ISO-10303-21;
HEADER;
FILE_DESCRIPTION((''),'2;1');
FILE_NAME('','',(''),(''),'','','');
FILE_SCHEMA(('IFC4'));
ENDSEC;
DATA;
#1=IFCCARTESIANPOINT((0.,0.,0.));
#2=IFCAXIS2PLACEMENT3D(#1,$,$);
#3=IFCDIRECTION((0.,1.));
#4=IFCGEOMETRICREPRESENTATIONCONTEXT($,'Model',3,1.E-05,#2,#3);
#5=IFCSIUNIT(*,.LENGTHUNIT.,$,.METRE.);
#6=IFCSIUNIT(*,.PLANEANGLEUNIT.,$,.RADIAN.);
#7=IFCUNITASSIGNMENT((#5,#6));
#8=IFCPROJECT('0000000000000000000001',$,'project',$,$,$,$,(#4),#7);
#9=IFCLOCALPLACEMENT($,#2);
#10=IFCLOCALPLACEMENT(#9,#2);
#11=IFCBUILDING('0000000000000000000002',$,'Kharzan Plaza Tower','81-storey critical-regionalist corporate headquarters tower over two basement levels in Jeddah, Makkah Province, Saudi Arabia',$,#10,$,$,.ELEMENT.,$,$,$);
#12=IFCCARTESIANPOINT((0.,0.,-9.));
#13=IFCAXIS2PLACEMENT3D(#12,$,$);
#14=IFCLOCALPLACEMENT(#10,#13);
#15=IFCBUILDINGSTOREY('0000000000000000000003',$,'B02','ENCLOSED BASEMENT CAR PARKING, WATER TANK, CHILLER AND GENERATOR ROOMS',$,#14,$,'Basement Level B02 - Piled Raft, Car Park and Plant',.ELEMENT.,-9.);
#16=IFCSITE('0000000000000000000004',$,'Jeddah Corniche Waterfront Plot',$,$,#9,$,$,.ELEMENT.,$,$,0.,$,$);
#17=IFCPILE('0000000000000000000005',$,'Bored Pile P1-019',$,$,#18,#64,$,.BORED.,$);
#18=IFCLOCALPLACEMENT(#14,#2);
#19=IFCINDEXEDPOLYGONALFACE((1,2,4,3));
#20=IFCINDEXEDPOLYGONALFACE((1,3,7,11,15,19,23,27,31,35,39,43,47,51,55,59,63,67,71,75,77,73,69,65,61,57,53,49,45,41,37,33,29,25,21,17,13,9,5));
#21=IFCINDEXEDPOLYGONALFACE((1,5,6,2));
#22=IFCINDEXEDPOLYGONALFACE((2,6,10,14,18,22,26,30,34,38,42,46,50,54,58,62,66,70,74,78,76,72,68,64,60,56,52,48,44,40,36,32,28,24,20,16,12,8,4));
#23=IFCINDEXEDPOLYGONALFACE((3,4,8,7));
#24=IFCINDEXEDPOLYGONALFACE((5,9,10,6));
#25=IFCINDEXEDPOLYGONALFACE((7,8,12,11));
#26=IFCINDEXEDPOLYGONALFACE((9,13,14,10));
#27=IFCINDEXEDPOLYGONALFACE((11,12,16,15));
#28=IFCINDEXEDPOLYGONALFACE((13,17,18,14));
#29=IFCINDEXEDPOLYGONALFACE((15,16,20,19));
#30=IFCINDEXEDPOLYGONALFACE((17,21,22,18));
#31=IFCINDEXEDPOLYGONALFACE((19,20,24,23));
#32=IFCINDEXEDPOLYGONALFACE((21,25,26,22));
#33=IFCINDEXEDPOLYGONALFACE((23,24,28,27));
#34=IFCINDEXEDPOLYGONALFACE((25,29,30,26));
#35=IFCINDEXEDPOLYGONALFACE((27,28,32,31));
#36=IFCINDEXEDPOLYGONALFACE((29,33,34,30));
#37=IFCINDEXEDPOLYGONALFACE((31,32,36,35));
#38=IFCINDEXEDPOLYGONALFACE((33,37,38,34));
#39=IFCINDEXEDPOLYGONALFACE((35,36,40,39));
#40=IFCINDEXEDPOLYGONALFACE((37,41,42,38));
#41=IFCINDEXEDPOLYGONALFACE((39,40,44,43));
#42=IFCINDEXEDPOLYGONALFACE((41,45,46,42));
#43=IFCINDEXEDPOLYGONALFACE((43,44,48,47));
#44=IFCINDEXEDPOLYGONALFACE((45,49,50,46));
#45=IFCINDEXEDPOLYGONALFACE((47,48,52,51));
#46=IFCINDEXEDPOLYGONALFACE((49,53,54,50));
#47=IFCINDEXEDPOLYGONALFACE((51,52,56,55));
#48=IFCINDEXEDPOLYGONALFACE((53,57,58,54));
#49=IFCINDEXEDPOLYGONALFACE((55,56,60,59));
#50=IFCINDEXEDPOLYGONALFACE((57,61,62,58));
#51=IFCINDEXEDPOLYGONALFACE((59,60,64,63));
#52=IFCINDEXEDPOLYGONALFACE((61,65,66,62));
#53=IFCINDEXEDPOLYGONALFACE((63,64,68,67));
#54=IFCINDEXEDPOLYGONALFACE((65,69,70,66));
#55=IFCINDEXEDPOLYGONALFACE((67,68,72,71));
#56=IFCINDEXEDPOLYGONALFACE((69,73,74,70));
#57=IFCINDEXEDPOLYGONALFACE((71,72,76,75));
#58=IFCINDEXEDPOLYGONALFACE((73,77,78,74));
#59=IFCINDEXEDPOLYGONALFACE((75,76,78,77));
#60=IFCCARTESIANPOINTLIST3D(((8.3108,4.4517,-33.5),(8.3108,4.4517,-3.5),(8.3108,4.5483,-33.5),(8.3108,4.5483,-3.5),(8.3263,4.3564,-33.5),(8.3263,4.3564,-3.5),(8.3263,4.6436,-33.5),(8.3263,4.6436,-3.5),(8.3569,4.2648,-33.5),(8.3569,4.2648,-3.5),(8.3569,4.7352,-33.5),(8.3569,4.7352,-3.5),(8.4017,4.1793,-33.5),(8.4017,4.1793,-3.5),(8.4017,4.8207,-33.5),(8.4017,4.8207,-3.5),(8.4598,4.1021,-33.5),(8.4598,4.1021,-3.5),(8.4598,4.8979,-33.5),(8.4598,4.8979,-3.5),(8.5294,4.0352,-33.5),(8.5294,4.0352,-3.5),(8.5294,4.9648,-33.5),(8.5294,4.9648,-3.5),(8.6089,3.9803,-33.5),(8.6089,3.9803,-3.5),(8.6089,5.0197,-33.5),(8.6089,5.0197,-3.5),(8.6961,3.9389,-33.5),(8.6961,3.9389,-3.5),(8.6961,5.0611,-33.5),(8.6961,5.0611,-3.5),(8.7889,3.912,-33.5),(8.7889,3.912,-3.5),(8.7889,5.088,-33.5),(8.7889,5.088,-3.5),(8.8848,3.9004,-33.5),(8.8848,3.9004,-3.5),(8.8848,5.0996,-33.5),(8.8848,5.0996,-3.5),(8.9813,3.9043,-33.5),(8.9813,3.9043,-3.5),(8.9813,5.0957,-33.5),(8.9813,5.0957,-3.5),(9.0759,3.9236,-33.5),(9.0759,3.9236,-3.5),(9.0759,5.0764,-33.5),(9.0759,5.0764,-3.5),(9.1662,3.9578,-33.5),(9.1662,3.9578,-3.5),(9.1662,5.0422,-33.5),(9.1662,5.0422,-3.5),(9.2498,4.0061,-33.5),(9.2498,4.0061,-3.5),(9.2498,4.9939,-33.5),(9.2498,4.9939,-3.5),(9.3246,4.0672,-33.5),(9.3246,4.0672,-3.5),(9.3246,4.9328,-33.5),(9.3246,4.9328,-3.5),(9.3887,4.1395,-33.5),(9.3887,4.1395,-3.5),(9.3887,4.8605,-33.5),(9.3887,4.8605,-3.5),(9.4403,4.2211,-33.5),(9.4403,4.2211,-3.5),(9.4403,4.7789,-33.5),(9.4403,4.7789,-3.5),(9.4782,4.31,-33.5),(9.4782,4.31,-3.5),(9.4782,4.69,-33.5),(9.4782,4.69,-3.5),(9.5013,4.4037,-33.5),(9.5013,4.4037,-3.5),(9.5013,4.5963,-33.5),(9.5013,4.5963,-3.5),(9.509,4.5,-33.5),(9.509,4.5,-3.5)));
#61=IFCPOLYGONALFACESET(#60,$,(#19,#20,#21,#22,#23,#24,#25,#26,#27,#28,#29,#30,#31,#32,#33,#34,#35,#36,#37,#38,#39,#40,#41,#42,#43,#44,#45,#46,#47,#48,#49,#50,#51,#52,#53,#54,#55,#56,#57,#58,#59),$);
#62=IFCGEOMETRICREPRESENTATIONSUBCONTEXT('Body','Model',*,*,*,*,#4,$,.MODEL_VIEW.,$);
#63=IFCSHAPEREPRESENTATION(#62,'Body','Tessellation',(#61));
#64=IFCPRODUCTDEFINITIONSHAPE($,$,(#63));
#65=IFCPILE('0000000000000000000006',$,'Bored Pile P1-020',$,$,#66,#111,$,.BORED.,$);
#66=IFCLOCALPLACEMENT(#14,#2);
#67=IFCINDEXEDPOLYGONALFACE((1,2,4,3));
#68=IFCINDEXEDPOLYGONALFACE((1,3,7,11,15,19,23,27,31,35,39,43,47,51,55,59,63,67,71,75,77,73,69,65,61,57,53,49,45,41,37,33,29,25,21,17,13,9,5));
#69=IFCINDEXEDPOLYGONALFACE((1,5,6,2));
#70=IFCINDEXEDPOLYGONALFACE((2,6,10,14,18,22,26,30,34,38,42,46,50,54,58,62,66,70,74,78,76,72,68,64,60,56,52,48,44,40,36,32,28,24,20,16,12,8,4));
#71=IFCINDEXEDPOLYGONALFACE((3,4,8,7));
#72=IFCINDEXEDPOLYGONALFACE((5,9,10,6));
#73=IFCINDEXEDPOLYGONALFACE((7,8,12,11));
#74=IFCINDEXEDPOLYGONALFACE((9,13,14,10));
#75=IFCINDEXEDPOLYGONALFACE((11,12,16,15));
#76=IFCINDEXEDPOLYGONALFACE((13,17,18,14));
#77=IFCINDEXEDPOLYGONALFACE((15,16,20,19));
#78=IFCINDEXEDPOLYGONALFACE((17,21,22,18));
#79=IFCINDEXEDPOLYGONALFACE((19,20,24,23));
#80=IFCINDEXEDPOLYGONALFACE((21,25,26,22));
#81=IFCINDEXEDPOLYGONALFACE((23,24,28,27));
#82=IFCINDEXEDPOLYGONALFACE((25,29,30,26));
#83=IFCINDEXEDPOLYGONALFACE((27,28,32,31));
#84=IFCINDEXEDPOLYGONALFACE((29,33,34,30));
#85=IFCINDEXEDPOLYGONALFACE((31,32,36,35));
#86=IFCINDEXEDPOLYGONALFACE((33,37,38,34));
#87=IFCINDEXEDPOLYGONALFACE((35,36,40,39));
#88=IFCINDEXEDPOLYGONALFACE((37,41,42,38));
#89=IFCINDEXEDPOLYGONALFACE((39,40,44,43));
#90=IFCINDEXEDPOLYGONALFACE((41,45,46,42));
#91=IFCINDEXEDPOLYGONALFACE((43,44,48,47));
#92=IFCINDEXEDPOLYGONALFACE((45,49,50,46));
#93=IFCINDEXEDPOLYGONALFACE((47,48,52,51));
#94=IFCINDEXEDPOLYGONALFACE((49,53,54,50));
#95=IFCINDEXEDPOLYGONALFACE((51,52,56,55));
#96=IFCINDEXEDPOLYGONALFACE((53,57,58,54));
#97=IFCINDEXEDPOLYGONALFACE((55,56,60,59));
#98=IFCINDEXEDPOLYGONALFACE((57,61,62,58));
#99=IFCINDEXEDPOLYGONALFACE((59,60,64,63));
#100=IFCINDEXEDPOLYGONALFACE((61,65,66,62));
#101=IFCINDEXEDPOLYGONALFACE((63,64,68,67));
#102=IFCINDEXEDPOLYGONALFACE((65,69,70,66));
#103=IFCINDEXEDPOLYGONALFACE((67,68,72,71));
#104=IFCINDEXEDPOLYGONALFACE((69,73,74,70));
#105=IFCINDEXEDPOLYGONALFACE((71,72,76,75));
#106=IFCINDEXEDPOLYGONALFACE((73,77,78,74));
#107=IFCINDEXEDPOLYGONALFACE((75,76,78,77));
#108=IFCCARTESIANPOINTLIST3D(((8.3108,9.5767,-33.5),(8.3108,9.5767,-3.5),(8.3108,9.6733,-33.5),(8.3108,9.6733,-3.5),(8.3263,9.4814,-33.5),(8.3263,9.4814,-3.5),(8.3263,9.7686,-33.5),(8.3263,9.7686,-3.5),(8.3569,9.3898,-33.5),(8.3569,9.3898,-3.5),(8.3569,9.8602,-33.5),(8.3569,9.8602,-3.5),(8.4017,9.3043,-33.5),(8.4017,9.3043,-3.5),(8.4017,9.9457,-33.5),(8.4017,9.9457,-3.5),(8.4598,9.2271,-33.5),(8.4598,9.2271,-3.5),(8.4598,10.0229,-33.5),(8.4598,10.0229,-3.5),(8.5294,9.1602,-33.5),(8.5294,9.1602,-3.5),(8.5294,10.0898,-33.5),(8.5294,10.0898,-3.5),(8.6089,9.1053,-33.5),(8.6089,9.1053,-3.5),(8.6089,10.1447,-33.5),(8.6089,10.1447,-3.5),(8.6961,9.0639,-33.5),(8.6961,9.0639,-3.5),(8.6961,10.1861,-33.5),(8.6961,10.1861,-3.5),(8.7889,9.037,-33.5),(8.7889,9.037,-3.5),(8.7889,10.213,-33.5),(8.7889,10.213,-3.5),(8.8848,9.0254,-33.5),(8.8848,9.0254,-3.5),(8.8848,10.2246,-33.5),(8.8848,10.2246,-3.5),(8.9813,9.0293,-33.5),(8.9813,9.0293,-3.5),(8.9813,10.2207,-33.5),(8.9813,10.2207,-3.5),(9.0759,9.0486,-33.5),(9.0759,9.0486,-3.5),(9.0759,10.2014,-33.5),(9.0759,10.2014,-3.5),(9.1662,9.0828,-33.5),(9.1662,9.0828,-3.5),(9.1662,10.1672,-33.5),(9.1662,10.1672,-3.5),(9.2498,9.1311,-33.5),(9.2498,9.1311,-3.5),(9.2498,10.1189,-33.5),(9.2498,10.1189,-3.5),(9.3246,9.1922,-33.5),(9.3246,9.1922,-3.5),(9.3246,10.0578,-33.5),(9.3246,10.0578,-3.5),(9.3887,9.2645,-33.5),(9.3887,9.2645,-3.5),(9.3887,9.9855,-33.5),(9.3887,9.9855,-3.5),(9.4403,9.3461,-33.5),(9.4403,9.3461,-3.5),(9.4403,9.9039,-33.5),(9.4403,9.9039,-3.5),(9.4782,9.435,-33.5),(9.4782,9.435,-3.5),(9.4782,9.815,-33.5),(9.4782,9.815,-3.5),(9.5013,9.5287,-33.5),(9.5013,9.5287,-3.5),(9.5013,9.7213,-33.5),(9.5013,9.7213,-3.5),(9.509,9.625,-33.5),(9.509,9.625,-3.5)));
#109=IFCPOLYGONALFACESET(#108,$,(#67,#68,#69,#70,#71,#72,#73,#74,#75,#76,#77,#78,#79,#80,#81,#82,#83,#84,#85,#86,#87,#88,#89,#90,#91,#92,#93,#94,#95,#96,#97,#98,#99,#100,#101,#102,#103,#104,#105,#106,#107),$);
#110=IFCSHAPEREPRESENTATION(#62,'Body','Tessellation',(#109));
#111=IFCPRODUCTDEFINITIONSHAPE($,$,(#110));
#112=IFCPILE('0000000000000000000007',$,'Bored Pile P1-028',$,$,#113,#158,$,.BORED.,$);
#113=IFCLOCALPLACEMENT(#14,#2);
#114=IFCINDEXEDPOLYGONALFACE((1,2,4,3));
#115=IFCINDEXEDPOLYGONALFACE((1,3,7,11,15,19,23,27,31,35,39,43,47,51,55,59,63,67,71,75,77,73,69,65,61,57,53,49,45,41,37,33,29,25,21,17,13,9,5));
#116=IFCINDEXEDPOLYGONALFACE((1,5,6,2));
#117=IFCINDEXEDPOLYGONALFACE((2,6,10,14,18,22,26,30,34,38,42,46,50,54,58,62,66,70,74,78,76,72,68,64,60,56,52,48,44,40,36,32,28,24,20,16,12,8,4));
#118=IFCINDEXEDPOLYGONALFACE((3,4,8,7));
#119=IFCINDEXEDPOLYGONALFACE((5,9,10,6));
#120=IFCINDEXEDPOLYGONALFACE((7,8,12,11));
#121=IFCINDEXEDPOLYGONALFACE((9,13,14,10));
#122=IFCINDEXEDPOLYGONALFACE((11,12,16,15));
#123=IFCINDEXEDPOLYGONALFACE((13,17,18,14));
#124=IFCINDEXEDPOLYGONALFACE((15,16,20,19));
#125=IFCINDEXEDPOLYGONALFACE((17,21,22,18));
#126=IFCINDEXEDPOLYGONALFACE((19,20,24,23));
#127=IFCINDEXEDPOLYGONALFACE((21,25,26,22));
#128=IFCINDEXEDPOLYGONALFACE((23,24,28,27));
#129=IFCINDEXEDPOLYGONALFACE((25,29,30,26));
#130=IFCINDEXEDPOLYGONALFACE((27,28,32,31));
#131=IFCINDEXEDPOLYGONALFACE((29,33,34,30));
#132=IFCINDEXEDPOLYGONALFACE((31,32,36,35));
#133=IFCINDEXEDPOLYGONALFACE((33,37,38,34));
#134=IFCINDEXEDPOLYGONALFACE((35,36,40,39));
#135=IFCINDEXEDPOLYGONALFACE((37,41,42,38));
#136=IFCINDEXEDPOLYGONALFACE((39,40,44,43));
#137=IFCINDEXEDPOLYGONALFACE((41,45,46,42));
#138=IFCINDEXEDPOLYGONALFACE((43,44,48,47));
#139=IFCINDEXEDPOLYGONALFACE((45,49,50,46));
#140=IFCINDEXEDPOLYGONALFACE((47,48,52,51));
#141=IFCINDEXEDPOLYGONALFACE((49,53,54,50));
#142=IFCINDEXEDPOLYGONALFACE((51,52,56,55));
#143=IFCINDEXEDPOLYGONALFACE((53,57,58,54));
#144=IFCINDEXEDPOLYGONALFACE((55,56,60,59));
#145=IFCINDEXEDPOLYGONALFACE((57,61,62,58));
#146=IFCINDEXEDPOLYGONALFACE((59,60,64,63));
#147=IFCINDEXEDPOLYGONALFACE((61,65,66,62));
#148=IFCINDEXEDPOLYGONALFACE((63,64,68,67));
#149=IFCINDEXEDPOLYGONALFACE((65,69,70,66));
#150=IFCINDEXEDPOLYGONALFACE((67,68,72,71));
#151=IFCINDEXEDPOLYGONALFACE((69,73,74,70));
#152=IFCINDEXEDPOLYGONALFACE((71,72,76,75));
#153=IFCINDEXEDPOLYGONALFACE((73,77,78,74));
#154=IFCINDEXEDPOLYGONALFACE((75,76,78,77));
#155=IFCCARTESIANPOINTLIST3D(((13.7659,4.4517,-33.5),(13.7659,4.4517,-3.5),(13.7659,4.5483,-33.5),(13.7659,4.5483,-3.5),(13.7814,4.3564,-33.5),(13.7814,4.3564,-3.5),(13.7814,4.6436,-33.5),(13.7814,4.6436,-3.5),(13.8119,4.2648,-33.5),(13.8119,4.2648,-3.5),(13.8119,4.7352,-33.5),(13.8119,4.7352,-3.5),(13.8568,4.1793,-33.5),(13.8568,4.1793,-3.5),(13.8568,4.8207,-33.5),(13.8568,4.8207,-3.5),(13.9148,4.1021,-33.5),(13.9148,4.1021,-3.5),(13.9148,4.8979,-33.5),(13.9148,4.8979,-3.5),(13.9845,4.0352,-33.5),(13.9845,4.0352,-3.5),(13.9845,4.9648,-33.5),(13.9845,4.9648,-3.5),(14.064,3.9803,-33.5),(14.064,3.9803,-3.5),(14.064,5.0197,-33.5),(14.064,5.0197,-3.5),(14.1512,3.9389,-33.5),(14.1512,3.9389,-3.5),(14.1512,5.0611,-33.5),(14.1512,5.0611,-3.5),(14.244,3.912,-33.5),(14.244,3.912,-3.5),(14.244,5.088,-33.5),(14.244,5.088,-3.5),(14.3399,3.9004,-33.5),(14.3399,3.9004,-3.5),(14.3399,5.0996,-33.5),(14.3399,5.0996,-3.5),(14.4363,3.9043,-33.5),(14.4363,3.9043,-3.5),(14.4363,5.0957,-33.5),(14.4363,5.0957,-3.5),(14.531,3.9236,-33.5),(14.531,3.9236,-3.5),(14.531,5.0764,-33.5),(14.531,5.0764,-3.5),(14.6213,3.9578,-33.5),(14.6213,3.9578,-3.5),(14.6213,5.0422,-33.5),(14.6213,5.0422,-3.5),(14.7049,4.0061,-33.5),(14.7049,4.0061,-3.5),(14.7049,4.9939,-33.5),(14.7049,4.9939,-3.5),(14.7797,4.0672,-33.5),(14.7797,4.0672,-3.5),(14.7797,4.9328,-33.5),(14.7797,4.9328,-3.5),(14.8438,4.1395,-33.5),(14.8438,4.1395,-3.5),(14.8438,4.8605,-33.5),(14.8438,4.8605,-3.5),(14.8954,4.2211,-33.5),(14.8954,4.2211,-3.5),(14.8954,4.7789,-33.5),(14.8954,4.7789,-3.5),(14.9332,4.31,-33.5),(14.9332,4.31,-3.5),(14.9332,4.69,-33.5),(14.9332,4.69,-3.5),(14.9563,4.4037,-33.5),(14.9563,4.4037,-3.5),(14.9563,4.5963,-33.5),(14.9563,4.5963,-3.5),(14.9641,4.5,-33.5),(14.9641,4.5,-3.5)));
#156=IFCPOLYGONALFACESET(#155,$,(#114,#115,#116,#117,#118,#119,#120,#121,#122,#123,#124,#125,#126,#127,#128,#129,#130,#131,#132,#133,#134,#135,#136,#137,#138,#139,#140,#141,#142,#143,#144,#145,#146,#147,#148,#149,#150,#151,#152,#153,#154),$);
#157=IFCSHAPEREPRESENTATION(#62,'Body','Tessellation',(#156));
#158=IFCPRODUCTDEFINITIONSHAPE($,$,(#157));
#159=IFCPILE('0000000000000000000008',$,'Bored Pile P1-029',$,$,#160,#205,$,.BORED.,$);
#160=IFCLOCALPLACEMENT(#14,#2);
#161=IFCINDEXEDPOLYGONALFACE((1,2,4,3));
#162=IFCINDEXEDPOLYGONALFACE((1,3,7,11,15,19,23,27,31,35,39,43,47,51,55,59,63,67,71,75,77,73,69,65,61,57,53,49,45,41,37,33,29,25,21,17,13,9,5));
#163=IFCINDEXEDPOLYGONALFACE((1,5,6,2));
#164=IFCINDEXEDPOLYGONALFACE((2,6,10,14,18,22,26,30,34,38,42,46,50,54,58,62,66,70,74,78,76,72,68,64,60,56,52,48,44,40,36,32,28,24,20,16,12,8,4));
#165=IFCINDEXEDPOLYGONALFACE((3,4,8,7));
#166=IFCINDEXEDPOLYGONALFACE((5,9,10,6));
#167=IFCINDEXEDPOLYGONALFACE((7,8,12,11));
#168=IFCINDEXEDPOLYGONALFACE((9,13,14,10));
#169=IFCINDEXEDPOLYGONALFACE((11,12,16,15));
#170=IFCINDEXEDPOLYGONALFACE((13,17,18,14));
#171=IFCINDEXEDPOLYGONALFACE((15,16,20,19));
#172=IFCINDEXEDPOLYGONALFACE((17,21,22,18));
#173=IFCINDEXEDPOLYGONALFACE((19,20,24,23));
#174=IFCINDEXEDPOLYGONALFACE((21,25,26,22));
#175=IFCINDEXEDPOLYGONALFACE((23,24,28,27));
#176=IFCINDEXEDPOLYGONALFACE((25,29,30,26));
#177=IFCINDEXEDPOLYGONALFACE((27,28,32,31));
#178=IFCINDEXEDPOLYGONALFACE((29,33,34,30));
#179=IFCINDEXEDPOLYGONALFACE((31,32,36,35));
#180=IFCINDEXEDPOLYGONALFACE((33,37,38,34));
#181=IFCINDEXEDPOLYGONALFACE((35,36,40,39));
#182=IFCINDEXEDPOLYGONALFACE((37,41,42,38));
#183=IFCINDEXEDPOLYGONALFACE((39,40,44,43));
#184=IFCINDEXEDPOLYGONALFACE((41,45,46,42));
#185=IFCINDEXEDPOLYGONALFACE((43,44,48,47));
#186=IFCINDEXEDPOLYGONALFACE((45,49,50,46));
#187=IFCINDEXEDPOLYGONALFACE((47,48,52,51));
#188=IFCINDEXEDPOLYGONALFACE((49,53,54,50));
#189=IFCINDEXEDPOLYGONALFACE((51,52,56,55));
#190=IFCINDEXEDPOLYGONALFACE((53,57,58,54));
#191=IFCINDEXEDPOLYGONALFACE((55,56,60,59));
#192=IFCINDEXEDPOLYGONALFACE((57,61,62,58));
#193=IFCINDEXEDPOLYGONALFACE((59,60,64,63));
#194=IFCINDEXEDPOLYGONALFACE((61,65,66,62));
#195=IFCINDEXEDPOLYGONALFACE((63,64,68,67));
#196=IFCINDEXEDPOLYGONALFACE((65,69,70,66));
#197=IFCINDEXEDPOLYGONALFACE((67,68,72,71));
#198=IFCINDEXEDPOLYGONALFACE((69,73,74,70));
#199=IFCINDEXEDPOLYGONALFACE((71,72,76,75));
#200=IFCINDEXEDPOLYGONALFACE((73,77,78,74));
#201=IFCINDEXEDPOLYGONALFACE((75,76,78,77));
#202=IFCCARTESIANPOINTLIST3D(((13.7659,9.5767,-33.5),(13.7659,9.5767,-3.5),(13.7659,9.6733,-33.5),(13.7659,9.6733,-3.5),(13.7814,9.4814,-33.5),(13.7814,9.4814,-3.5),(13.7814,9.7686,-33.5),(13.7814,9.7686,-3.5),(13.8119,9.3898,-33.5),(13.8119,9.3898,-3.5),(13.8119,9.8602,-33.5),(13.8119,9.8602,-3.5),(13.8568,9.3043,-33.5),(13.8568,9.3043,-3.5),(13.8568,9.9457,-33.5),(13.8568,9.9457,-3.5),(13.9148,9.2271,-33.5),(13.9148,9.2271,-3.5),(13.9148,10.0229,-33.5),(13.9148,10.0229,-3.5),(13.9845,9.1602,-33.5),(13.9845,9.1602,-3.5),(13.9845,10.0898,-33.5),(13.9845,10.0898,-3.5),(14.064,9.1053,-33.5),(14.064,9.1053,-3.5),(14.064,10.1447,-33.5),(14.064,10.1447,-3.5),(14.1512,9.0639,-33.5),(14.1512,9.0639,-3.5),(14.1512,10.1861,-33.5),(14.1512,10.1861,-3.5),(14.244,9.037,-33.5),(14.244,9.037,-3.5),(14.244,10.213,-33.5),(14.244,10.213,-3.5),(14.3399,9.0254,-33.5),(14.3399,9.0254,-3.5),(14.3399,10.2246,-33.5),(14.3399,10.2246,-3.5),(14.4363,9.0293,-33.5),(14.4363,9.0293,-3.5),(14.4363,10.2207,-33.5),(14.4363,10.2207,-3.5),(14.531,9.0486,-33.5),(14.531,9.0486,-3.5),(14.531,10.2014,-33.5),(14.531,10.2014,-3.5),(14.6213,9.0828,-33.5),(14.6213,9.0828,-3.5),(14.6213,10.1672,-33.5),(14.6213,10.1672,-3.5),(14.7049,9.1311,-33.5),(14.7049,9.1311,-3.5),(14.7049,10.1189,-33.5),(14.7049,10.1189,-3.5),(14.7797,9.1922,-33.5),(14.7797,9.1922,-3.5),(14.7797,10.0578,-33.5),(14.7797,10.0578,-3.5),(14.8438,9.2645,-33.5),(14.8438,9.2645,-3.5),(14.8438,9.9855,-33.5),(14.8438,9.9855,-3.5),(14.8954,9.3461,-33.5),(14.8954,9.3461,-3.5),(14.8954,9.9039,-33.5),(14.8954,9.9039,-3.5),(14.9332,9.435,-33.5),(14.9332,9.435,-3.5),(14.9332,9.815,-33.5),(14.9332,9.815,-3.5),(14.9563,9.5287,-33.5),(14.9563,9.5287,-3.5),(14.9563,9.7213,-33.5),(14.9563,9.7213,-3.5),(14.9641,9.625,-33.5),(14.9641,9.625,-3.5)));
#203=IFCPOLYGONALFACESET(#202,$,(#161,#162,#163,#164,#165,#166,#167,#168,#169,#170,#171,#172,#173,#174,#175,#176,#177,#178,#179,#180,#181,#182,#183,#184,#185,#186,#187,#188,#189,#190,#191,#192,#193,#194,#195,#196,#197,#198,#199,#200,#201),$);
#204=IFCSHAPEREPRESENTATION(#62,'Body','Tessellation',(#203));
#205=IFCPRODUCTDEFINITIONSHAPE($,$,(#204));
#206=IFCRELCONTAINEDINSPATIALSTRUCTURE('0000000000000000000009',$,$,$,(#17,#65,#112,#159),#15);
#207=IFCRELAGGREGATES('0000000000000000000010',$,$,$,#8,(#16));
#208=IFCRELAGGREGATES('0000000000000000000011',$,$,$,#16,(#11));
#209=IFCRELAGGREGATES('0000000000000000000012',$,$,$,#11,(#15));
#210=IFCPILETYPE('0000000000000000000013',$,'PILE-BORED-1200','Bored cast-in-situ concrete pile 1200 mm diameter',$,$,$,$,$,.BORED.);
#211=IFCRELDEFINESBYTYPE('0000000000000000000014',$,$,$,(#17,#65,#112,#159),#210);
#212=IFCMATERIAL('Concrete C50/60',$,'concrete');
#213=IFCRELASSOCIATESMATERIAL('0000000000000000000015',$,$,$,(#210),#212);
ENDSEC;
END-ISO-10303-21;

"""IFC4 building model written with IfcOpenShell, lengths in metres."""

from ifc_helpers import new_model, si_unit, direction, frame, origin, origin_2d, place, context, subcontext, project, spatial, circle, extrude, source, transform, mapped, material, material_profile, profile_set, type_object, element, save


model = new_model("IFC4")

# Units and contexts
model_context = context("Model", 3, precision=1e-05, world=origin(), true_north=direction((0.0, 1.0)))
body_context = subcontext(model_context, "Body", "Model", "MODEL_VIEW")
ifc_project = project(units=[si_unit("LENGTHUNIT", "METRE"), si_unit("PLANEANGLEUNIT", "RADIAN")], contexts=[model_context])

# Site, building, storey
site_placement = place(None, origin())
site = spatial("IfcSite", under=ifc_project, at=site_placement, Name="Jeddah Corniche Waterfront Plot", CompositionType="ELEMENT", RefElevation=0.0)
building_placement = place(site_placement, origin())
building = spatial("IfcBuilding", under=site, at=building_placement, Name="Kharzan Plaza Tower", Description="81-storey critical-regionalist corporate headquarters tower over two basement levels in Jeddah, Makkah Province, Saudi Arabia", CompositionType="ELEMENT")
storey_placement = place(building_placement, frame((0.0, 0.0, -9.0)))
storey = spatial("IfcBuildingStorey", under=building, at=storey_placement, Name="B02", Description="ENCLOSED BASEMENT CAR PARKING, WATER TANK, CHILLER AND GENERATOR ROOMS", LongName="Basement Level B02 - Piled Raft, Car Park and Plant", CompositionType="ELEMENT", Elevation=-9.0)

# Piles
ifc_material_1 = material(Name="Concrete C50/60", Category="concrete")
ifc_material_profile_1 = material_profile(ifc_material_1, circle(Radius=0.6001, at=origin_2d()), Name="PILE-D1200")
ifc_profile_set_1 = profile_set([ifc_material_profile_1], Name="Concrete C50/60")
pile_type = type_object("IfcPileType", Name="PILE-BORED-1200", Description="Bored cast-in-situ concrete pile 1200 mm diameter", PredefinedType="BORED", material=ifc_profile_set_1)
shared_shape_1 = source(origin(), body_context, "Body", "SweptSolid", [
    extrude(circle(Radius=0.6001, at=origin_2d()), origin(), (0.0, 0.0, 1.0), 30.0),
])
for number, where, z_axis, x_axis, name in (
    (1, (8.9089, 4.5, -3.5), (0.0, 0.0, -1.0), (1.0, 0.0, 0.0), "Bored Pile P1-019"),
    (2, (8.9089, 9.625, -3.5), (0.0, 0.0, -1.0), (1.0, 0.0, 0.0), "Bored Pile P1-020"),
    (3, (14.364, 4.5, -3.5), (0.0, 0.0, -1.0), (1.0, 0.0, 0.0), "Bored Pile P1-028"),
    (4, (14.364, 9.625, -3.5), (0.0, 0.0, -1.0), (1.0, 0.0, 0.0), "Bored Pile P1-029"),
):
    element("IfcPile", number, at=place(storey_placement, frame(where, z_axis=z_axis, x_axis=x_axis)), inside=storey, type_object=pile_type, Name=name, PredefinedType="BORED", context=body_context, shape_type="MappedRepresentation", body=[
        mapped(shared_shape_1, transform((0.0, 0.0, 0.0), x_axis=(1.0, 0.0, 0.0), y_axis=(0.0, 1.0, 0.0), z_axis=(0.0, 0.0, 1.0))),
    ])

save(model, "model.ifc")
